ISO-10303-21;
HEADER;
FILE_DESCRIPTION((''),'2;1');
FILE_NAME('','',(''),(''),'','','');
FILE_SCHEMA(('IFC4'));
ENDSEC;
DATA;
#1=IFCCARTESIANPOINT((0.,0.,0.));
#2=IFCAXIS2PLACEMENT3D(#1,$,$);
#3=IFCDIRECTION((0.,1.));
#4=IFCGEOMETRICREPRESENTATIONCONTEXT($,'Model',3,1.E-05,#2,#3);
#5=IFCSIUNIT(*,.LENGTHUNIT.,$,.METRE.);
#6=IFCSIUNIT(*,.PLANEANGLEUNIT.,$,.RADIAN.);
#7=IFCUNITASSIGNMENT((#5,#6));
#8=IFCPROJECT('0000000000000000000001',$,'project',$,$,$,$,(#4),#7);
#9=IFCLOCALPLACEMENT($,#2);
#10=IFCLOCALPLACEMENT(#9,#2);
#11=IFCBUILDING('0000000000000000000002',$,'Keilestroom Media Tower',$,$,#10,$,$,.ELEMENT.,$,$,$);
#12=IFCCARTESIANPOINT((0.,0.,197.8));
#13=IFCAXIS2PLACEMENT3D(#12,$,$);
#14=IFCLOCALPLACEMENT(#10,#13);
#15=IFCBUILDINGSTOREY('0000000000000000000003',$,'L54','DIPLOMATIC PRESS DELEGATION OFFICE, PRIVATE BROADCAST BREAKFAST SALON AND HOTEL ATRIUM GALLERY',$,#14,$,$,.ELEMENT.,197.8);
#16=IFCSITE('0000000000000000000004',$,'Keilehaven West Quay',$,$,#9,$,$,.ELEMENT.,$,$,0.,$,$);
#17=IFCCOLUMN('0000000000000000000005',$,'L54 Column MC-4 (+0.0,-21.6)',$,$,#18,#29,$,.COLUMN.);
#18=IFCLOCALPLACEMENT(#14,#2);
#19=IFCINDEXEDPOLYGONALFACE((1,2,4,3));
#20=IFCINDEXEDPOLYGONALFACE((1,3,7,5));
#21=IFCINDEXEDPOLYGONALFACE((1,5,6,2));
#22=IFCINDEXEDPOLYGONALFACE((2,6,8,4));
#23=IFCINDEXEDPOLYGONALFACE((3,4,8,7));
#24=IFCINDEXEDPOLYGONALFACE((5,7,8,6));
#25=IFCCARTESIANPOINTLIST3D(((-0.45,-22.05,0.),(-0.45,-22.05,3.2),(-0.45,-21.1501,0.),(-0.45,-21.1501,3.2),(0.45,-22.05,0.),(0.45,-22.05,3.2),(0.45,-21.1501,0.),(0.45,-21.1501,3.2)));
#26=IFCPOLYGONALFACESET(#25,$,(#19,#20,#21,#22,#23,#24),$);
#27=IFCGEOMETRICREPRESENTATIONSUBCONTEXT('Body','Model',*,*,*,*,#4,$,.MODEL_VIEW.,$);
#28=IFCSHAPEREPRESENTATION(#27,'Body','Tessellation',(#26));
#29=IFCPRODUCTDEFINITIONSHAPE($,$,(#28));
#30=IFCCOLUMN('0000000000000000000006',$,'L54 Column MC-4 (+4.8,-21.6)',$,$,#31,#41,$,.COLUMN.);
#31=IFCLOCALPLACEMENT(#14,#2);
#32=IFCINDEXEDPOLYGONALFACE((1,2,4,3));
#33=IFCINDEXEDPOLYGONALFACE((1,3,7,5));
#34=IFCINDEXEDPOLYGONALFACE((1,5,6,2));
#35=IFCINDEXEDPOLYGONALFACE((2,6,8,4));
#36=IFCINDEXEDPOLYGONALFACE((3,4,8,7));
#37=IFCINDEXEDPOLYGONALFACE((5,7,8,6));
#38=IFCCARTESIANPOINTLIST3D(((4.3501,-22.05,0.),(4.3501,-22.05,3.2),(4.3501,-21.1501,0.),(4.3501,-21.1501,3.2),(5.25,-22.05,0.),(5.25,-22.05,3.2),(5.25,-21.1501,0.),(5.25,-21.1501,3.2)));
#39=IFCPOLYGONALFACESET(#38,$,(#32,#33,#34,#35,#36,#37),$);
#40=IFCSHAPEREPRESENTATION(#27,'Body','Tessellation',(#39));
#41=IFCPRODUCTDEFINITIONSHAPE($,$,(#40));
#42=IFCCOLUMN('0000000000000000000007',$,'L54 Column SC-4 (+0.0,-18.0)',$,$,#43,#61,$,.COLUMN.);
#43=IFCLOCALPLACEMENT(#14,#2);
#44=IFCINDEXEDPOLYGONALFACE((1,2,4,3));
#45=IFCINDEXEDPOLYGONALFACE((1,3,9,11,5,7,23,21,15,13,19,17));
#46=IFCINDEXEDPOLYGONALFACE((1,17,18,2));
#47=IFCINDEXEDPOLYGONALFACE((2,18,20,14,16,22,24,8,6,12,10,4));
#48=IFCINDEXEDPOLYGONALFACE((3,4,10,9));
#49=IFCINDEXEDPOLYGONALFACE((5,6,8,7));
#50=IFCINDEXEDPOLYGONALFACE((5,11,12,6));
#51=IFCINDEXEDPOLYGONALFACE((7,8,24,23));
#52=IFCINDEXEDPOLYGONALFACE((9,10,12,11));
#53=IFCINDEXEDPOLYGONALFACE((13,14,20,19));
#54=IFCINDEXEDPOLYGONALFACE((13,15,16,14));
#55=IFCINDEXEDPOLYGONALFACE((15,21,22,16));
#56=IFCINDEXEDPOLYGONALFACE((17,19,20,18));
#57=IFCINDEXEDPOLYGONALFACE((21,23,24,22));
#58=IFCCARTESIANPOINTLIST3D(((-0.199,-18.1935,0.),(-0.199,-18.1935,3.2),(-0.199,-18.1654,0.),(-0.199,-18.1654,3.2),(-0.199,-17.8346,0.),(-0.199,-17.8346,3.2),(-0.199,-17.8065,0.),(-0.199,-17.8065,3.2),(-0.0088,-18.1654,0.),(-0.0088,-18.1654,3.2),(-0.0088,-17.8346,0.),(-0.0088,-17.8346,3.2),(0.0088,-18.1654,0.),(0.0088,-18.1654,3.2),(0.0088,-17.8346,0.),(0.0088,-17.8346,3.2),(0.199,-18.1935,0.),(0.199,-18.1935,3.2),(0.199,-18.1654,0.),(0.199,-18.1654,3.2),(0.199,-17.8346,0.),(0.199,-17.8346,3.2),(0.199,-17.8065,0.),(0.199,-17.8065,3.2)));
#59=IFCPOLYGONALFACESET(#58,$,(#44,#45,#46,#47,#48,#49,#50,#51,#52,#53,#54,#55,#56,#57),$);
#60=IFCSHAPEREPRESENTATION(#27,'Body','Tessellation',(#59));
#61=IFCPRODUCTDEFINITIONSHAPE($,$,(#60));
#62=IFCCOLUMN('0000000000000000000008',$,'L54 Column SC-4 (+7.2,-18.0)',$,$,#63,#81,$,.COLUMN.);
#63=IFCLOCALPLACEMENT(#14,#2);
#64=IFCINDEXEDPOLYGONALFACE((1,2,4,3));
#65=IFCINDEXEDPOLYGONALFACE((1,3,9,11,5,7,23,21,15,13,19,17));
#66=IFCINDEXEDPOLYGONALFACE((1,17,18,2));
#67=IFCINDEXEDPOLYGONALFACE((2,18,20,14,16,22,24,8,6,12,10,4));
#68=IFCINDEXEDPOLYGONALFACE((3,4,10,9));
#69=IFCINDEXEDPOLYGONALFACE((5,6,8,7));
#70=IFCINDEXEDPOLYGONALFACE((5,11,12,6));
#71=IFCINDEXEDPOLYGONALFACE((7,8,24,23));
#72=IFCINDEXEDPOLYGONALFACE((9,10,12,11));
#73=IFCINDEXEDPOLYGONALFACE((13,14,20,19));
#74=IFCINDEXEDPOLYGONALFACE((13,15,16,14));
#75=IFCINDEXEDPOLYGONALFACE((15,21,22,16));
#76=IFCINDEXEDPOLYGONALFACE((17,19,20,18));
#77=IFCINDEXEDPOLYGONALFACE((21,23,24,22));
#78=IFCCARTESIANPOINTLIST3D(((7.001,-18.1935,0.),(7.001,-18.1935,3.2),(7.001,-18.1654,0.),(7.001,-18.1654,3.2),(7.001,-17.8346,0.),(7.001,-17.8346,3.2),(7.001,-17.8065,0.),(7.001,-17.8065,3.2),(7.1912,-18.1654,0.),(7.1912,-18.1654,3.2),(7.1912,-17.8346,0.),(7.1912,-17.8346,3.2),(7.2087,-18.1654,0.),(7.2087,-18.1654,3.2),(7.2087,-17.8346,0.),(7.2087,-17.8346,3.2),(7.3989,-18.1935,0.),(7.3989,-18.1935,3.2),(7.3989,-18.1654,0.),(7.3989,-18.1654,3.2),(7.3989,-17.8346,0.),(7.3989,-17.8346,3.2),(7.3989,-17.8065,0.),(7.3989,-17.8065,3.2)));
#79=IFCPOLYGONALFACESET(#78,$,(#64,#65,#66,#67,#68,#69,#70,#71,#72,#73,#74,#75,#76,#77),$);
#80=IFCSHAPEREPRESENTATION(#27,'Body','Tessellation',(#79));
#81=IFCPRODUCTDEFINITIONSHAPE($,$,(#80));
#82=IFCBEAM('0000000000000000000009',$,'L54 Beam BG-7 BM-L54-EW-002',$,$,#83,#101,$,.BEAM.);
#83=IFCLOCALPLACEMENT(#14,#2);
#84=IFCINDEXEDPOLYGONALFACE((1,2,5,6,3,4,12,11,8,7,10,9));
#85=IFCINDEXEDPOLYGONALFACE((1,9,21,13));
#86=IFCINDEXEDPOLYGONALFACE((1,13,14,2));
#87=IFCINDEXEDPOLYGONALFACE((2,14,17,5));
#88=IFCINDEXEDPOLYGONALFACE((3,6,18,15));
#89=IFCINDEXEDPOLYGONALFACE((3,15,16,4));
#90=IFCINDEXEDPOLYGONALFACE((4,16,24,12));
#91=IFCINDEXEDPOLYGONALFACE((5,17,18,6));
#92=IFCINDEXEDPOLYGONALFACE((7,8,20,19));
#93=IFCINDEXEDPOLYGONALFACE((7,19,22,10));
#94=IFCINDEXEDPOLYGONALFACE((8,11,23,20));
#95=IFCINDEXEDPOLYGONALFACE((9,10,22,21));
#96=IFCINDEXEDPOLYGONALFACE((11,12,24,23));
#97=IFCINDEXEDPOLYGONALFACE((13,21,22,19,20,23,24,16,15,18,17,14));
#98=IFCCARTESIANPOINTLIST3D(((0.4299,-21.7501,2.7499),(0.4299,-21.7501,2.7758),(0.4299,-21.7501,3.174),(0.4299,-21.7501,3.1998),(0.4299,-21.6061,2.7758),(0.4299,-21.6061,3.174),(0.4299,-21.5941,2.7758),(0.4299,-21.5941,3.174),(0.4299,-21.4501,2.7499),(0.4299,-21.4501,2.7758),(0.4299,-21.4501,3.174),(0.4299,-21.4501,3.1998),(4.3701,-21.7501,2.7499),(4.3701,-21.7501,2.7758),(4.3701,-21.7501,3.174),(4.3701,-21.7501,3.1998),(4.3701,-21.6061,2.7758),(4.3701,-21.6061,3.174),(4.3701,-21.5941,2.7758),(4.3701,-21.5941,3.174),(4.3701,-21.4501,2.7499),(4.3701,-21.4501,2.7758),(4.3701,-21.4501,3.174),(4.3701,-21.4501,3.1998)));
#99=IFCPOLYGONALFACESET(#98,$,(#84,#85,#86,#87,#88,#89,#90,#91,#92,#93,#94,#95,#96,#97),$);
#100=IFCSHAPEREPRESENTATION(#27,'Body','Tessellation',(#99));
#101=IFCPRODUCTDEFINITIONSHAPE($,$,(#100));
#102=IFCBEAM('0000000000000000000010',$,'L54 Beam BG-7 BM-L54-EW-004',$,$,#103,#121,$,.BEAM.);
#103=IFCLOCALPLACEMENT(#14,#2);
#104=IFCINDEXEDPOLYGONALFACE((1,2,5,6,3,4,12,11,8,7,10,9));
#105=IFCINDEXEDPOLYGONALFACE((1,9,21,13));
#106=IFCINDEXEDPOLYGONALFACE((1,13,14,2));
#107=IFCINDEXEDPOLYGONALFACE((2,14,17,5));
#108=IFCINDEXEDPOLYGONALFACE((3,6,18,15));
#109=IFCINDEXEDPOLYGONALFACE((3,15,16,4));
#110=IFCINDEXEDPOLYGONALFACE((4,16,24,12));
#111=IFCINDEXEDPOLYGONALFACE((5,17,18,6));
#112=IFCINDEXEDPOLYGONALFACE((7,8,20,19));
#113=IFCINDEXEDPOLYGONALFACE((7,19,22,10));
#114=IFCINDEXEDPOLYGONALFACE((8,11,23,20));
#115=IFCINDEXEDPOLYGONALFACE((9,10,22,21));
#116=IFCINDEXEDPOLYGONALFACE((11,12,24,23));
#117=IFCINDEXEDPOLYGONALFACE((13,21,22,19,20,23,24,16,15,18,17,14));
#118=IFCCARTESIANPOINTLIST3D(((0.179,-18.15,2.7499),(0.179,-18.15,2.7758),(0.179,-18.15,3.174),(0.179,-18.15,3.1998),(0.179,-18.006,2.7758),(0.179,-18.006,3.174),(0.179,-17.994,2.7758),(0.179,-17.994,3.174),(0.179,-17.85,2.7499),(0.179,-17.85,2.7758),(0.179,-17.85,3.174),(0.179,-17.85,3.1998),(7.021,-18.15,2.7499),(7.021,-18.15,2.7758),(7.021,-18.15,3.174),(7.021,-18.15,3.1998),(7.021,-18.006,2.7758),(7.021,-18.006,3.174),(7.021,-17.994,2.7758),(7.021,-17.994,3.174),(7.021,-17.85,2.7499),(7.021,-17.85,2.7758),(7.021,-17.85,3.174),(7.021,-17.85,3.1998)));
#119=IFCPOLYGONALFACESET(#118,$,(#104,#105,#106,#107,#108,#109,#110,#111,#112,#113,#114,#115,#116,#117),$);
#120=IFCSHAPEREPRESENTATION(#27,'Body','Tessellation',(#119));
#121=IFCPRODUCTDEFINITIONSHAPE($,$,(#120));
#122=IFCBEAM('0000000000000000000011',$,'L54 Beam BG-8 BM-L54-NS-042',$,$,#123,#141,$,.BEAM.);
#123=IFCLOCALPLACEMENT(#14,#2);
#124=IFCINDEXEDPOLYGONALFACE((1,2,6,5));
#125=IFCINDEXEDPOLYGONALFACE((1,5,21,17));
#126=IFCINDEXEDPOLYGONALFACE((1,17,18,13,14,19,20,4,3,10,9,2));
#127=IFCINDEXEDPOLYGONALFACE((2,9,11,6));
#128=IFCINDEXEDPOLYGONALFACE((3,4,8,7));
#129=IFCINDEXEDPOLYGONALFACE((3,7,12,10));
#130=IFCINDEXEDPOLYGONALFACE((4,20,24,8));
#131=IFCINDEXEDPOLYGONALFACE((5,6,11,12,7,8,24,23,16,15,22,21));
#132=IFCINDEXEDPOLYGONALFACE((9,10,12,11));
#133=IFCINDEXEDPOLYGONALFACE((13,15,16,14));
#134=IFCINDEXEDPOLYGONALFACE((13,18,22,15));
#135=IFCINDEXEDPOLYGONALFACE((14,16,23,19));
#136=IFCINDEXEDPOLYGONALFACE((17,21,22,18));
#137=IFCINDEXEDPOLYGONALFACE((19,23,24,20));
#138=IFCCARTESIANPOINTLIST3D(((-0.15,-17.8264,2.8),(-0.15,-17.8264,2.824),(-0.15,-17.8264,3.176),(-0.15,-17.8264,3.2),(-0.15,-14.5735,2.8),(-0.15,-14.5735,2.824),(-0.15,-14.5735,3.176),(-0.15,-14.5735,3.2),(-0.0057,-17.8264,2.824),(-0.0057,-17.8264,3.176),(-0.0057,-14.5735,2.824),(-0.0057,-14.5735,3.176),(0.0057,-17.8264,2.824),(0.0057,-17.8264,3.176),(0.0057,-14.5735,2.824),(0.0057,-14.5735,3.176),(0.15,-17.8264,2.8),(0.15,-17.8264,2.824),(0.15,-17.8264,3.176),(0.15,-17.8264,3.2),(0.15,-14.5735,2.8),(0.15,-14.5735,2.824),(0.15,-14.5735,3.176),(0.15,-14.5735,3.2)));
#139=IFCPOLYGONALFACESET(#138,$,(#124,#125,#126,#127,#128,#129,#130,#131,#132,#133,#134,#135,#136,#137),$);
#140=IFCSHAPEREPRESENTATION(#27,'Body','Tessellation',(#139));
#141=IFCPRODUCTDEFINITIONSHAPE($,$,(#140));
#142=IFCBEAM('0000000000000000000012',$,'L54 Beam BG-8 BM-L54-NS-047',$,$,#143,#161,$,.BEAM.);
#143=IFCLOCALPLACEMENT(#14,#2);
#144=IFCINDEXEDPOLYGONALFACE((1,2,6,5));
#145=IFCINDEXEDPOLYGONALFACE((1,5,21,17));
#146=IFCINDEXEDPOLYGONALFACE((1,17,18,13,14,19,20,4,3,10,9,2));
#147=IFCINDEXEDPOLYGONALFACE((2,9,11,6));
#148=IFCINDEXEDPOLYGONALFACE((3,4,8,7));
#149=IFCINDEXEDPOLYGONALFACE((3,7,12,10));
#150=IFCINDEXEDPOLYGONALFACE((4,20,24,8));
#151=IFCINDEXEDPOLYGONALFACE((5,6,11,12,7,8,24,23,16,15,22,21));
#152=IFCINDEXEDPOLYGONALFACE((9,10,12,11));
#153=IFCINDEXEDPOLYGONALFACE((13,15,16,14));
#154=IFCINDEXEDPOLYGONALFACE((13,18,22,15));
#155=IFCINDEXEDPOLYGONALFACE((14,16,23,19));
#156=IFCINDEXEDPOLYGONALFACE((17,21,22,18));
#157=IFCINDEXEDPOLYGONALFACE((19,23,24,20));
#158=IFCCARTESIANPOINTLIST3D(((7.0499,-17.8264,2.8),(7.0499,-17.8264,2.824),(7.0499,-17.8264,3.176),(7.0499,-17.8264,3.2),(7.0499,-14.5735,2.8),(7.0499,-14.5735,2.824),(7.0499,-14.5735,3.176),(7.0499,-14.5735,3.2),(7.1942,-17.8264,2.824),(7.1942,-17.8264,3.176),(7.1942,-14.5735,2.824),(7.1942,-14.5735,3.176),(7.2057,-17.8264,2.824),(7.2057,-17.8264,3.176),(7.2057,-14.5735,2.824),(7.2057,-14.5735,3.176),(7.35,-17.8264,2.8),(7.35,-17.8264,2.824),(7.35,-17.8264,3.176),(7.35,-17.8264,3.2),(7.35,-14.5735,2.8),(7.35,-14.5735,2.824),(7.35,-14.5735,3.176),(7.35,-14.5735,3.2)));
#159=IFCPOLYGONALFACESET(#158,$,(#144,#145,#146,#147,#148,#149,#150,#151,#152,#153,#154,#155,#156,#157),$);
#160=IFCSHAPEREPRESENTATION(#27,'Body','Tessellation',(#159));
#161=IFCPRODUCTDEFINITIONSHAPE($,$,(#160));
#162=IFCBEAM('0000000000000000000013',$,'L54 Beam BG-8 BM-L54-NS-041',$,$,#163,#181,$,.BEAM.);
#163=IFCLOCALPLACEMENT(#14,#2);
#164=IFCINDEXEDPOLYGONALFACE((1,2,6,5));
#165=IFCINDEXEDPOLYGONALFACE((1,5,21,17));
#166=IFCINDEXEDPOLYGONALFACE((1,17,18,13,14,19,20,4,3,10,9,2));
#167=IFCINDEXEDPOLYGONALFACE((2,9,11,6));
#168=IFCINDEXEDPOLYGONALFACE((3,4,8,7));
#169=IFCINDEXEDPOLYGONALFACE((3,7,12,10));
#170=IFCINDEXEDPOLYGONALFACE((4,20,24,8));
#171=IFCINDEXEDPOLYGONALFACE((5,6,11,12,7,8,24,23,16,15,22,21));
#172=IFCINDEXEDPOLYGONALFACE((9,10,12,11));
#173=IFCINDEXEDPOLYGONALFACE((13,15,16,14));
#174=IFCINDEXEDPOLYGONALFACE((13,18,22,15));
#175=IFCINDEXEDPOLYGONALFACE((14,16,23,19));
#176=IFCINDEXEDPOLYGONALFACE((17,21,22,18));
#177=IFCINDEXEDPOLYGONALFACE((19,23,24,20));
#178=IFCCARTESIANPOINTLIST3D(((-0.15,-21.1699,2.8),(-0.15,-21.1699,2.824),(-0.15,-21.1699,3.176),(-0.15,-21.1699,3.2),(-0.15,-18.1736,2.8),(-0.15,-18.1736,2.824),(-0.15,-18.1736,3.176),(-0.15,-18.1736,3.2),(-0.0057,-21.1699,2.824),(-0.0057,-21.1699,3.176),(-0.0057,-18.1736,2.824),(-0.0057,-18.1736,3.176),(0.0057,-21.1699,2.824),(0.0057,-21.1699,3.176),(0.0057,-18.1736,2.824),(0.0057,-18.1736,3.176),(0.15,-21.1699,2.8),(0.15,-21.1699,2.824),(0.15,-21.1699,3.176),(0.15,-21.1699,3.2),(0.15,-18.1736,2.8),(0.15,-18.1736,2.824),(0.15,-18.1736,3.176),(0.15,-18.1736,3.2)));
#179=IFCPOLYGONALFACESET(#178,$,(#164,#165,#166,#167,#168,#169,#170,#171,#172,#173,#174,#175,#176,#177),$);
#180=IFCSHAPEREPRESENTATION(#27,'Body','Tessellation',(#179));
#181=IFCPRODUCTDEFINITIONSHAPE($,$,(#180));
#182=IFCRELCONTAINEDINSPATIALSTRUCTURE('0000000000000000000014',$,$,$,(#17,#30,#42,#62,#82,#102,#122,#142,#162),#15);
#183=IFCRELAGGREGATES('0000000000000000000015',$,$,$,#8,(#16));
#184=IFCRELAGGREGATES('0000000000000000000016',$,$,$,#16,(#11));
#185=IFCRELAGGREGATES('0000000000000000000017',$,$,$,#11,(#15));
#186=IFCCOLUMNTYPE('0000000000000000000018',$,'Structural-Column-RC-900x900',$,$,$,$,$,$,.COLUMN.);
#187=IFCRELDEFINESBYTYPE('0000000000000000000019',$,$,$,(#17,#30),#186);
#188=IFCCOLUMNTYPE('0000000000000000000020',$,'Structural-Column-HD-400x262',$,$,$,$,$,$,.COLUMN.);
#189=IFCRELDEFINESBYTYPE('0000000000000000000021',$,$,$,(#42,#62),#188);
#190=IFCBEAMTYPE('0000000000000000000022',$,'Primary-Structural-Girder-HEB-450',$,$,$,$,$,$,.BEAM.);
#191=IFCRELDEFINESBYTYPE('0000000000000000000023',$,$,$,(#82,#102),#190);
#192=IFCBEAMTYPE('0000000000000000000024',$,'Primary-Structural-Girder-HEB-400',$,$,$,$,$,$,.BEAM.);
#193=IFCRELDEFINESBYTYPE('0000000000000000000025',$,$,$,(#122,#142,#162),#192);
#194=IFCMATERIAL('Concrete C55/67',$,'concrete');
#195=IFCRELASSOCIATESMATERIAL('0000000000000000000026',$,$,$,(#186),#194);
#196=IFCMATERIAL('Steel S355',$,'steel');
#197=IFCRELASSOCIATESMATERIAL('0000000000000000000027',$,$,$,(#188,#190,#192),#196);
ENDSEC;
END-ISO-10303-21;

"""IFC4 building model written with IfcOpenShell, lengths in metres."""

from ifc_helpers import new_model, si_unit, direction, frame, origin, origin_2d, place, context, subcontext, project, spatial, rectangle, i_section, extrude, source, transform, mapped, material, material_profile, profile_set, type_object, element, save


model = new_model("IFC4")

# Units and contexts
model_context = context("Model", 3, precision=1e-05, world=origin(), true_north=direction((0.0, 1.0)))
body_context = subcontext(model_context, "Body", "Model", "MODEL_VIEW")
ifc_project = project(units=[si_unit("LENGTHUNIT", "METRE"), si_unit("PLANEANGLEUNIT", "RADIAN")], contexts=[model_context])

# Site, building, storey
site_placement = place(None, origin())
site = spatial("IfcSite", under=ifc_project, at=site_placement, Name="Keilehaven West Quay", CompositionType="ELEMENT", RefElevation=0.0)
building_placement = place(site_placement, origin())
building = spatial("IfcBuilding", under=site, at=building_placement, Name="Keilestroom Media Tower", CompositionType="ELEMENT")
storey_placement = place(building_placement, frame((0.0, 0.0, 197.8)))
storey = spatial("IfcBuildingStorey", under=building, at=storey_placement, Name="L54", Description="DIPLOMATIC PRESS DELEGATION OFFICE, PRIVATE BROADCAST BREAKFAST SALON AND HOTEL ATRIUM GALLERY", CompositionType="ELEMENT", Elevation=197.8)

# Columns
ifc_material_1 = material(Name="Concrete C55/67", Category="concrete")
ifc_material_profile_1 = material_profile(ifc_material_1, rectangle(XDim=0.8999, YDim=0.8999, at=origin_2d()), Name="RC 900x900")
ifc_profile_set_1 = profile_set([ifc_material_profile_1], Name="Concrete C55/67")
column_type_1 = type_object("IfcColumnType", Name="Structural-Column-RC-900x900", PredefinedType="COLUMN", material=ifc_profile_set_1)
shared_shape_1 = source(origin(), body_context, "Body", "SweptSolid", [
    extrude(rectangle(XDim=0.8999, YDim=0.8999, at=origin_2d()), origin(), (0.0, 0.0, 1.0), 3.2),
])
for number, where, z_axis, x_axis, name in (
    (1, (0.0, -21.6001, 0.0), (0.0, 0.0, 1.0), (1.0, 0.0, 0.0), "L54 Column MC-4 (+0.0,-21.6)"),
    (2, (4.8, -21.6001, 0.0), (0.0, 0.0, 1.0), (1.0, 0.0, 0.0), "L54 Column MC-4 (+4.8,-21.6)"),
):
    element("IfcColumn", number, at=place(storey_placement, frame(where, z_axis=z_axis, x_axis=x_axis)), inside=storey, type_object=column_type_1, Name=name, PredefinedType="COLUMN", context=body_context, shape_type="MappedRepresentation", body=[
        mapped(shared_shape_1, transform((0.0, 0.0, 0.0), x_axis=(1.0, 0.0, 0.0), y_axis=(0.0, 1.0, 0.0), z_axis=(0.0, 0.0, 1.0), scale=1.0)),
    ])
ifc_material_2 = material(Name="Steel S355", Category="steel")
ifc_material_profile_2 = material_profile(ifc_material_2, i_section(OverallWidth=0.3979, OverallDepth=0.387, WebThickness=0.0176, FlangeThickness=0.0281, at=origin_2d()), Name="HD 400x262")
ifc_profile_set_2 = profile_set([ifc_material_profile_2], Name="Steel S355")
column_type_2 = type_object("IfcColumnType", Name="Structural-Column-HD-400x262", PredefinedType="COLUMN", material=ifc_profile_set_2)
shared_shape_2 = source(origin(), body_context, "Body", "SweptSolid", [
    extrude(i_section(OverallWidth=0.3979, OverallDepth=0.387, WebThickness=0.0176, FlangeThickness=0.0281, at=origin_2d()), origin(), (0.0, 0.0, 1.0), 3.2),
])
for number, where, z_axis, x_axis, name in (
    (3, (0.0, -18.0, 0.0), (0.0, 0.0, 1.0), (1.0, 0.0, 0.0), "L54 Column SC-4 (+0.0,-18.0)"),
    (4, (7.2, -18.0, 0.0), (0.0, 0.0, 1.0), (1.0, 0.0, 0.0), "L54 Column SC-4 (+7.2,-18.0)"),
):
    element("IfcColumn", number, at=place(storey_placement, frame(where, z_axis=z_axis, x_axis=x_axis)), inside=storey, type_object=column_type_2, Name=name, PredefinedType="COLUMN", context=body_context, shape_type="MappedRepresentation", body=[
        mapped(shared_shape_2, transform((0.0, 0.0, 0.0), x_axis=(1.0, 0.0, 0.0), y_axis=(0.0, 1.0, 0.0), z_axis=(0.0, 0.0, 1.0), scale=1.0)),
    ])

# Beams
ifc_material_profile_3 = material_profile(ifc_material_2, i_section(OverallWidth=0.3, OverallDepth=0.45, WebThickness=0.012, FlangeThickness=0.0259, at=origin_2d()), Name="HEB 450")
ifc_profile_set_3 = profile_set([ifc_material_profile_3], Name="Steel S355")
beam_type_1 = type_object("IfcBeamType", Name="Primary-Structural-Girder-HEB-450", PredefinedType="BEAM", material=ifc_profile_set_3)
shared_shape_3 = source(origin(), body_context, "Body", "SweptSolid", [
    extrude(i_section(OverallWidth=0.3, OverallDepth=0.45, WebThickness=0.012, FlangeThickness=0.0259, at=origin_2d()), origin(), (0.0, 0.0, 1.0), 3.9402),
])
beam_1_placement = place(storey_placement, frame((0.4299, -21.6001, 2.9749), z_axis=(1.0, 0.0, 0.0), x_axis=(0.0, 1.0, 0.0)))
element("IfcBeam", 5, at=beam_1_placement, inside=storey, type_object=beam_type_1, Name="L54 Beam BG-7 BM-L54-EW-002", PredefinedType="BEAM", context=body_context, shape_type="MappedRepresentation", body=[
    mapped(shared_shape_3, transform((0.0, 0.0, 0.0), x_axis=(1.0, 0.0, 0.0), y_axis=(0.0, 1.0, 0.0), z_axis=(0.0, 0.0, 1.0), scale=1.0)),
])
shared_shape_4 = source(origin(), body_context, "Body", "SweptSolid", [
    extrude(i_section(OverallWidth=0.3, OverallDepth=0.45, WebThickness=0.012, FlangeThickness=0.0259, at=origin_2d()), origin(), (0.0, 0.0, 1.0), 6.842),
])
beam_2_placement = place(storey_placement, frame((0.179, -18.0, 2.9749), z_axis=(1.0, 0.0, 0.0), x_axis=(0.0, 1.0, 0.0)))
element("IfcBeam", 6, at=beam_2_placement, inside=storey, type_object=beam_type_1, Name="L54 Beam BG-7 BM-L54-EW-004", PredefinedType="BEAM", context=body_context, shape_type="MappedRepresentation", body=[
    mapped(shared_shape_4, transform((0.0, 0.0, 0.0), x_axis=(1.0, 0.0, 0.0), y_axis=(0.0, 1.0, 0.0), z_axis=(0.0, 0.0, 1.0), scale=1.0)),
])
ifc_material_profile_4 = material_profile(ifc_material_2, i_section(OverallWidth=0.3, OverallDepth=0.3999, WebThickness=0.0115, FlangeThickness=0.0239, at=origin_2d()), Name="HEB 400")
ifc_profile_set_4 = profile_set([ifc_material_profile_4], Name="Steel S355")
beam_type_2 = type_object("IfcBeamType", Name="Primary-Structural-Girder-HEB-400", PredefinedType="BEAM", material=ifc_profile_set_4)
shared_shape_5 = source(origin(), body_context, "Body", "SweptSolid", [
    extrude(i_section(OverallWidth=0.3, OverallDepth=0.3999, WebThickness=0.0115, FlangeThickness=0.0239, at=origin_2d()), origin(), (0.0, 0.0, 1.0), 3.2529),
])
for number, where, z_axis, x_axis, name in (
    (7, (0.0, -17.8264, 3.0), (0.0, 1.0, 0.0), (-1.0, 0.0, 0.0), "L54 Beam BG-8 BM-L54-NS-042"),
    (8, (7.2, -17.8264, 3.0), (0.0, 1.0, 0.0), (-1.0, 0.0, 0.0), "L54 Beam BG-8 BM-L54-NS-047"),
):
    element("IfcBeam", number, at=place(storey_placement, frame(where, z_axis=z_axis, x_axis=x_axis)), inside=storey, type_object=beam_type_2, Name=name, PredefinedType="BEAM", context=body_context, shape_type="MappedRepresentation", body=[
        mapped(shared_shape_5, transform((0.0, 0.0, 0.0), x_axis=(1.0, 0.0, 0.0), y_axis=(0.0, 1.0, 0.0), z_axis=(0.0, 0.0, 1.0), scale=1.0)),
    ])
shared_shape_6 = source(origin(), body_context, "Body", "SweptSolid", [
    extrude(i_section(OverallWidth=0.3, OverallDepth=0.3999, WebThickness=0.0115, FlangeThickness=0.0239, at=origin_2d()), origin(), (0.0, 0.0, 1.0), 2.9963),
])
beam_3_placement = place(storey_placement, frame((0.0, -21.1699, 3.0), z_axis=(0.0, 1.0, 0.0), x_axis=(-1.0, 0.0, 0.0)))
element("IfcBeam", 9, at=beam_3_placement, inside=storey, type_object=beam_type_2, Name="L54 Beam BG-8 BM-L54-NS-041", PredefinedType="BEAM", context=body_context, shape_type="MappedRepresentation", body=[
    mapped(shared_shape_6, transform((0.0, 0.0, 0.0), x_axis=(1.0, 0.0, 0.0), y_axis=(0.0, 1.0, 0.0), z_axis=(0.0, 0.0, 1.0), scale=1.0)),
])

save(model, "model.ifc")
